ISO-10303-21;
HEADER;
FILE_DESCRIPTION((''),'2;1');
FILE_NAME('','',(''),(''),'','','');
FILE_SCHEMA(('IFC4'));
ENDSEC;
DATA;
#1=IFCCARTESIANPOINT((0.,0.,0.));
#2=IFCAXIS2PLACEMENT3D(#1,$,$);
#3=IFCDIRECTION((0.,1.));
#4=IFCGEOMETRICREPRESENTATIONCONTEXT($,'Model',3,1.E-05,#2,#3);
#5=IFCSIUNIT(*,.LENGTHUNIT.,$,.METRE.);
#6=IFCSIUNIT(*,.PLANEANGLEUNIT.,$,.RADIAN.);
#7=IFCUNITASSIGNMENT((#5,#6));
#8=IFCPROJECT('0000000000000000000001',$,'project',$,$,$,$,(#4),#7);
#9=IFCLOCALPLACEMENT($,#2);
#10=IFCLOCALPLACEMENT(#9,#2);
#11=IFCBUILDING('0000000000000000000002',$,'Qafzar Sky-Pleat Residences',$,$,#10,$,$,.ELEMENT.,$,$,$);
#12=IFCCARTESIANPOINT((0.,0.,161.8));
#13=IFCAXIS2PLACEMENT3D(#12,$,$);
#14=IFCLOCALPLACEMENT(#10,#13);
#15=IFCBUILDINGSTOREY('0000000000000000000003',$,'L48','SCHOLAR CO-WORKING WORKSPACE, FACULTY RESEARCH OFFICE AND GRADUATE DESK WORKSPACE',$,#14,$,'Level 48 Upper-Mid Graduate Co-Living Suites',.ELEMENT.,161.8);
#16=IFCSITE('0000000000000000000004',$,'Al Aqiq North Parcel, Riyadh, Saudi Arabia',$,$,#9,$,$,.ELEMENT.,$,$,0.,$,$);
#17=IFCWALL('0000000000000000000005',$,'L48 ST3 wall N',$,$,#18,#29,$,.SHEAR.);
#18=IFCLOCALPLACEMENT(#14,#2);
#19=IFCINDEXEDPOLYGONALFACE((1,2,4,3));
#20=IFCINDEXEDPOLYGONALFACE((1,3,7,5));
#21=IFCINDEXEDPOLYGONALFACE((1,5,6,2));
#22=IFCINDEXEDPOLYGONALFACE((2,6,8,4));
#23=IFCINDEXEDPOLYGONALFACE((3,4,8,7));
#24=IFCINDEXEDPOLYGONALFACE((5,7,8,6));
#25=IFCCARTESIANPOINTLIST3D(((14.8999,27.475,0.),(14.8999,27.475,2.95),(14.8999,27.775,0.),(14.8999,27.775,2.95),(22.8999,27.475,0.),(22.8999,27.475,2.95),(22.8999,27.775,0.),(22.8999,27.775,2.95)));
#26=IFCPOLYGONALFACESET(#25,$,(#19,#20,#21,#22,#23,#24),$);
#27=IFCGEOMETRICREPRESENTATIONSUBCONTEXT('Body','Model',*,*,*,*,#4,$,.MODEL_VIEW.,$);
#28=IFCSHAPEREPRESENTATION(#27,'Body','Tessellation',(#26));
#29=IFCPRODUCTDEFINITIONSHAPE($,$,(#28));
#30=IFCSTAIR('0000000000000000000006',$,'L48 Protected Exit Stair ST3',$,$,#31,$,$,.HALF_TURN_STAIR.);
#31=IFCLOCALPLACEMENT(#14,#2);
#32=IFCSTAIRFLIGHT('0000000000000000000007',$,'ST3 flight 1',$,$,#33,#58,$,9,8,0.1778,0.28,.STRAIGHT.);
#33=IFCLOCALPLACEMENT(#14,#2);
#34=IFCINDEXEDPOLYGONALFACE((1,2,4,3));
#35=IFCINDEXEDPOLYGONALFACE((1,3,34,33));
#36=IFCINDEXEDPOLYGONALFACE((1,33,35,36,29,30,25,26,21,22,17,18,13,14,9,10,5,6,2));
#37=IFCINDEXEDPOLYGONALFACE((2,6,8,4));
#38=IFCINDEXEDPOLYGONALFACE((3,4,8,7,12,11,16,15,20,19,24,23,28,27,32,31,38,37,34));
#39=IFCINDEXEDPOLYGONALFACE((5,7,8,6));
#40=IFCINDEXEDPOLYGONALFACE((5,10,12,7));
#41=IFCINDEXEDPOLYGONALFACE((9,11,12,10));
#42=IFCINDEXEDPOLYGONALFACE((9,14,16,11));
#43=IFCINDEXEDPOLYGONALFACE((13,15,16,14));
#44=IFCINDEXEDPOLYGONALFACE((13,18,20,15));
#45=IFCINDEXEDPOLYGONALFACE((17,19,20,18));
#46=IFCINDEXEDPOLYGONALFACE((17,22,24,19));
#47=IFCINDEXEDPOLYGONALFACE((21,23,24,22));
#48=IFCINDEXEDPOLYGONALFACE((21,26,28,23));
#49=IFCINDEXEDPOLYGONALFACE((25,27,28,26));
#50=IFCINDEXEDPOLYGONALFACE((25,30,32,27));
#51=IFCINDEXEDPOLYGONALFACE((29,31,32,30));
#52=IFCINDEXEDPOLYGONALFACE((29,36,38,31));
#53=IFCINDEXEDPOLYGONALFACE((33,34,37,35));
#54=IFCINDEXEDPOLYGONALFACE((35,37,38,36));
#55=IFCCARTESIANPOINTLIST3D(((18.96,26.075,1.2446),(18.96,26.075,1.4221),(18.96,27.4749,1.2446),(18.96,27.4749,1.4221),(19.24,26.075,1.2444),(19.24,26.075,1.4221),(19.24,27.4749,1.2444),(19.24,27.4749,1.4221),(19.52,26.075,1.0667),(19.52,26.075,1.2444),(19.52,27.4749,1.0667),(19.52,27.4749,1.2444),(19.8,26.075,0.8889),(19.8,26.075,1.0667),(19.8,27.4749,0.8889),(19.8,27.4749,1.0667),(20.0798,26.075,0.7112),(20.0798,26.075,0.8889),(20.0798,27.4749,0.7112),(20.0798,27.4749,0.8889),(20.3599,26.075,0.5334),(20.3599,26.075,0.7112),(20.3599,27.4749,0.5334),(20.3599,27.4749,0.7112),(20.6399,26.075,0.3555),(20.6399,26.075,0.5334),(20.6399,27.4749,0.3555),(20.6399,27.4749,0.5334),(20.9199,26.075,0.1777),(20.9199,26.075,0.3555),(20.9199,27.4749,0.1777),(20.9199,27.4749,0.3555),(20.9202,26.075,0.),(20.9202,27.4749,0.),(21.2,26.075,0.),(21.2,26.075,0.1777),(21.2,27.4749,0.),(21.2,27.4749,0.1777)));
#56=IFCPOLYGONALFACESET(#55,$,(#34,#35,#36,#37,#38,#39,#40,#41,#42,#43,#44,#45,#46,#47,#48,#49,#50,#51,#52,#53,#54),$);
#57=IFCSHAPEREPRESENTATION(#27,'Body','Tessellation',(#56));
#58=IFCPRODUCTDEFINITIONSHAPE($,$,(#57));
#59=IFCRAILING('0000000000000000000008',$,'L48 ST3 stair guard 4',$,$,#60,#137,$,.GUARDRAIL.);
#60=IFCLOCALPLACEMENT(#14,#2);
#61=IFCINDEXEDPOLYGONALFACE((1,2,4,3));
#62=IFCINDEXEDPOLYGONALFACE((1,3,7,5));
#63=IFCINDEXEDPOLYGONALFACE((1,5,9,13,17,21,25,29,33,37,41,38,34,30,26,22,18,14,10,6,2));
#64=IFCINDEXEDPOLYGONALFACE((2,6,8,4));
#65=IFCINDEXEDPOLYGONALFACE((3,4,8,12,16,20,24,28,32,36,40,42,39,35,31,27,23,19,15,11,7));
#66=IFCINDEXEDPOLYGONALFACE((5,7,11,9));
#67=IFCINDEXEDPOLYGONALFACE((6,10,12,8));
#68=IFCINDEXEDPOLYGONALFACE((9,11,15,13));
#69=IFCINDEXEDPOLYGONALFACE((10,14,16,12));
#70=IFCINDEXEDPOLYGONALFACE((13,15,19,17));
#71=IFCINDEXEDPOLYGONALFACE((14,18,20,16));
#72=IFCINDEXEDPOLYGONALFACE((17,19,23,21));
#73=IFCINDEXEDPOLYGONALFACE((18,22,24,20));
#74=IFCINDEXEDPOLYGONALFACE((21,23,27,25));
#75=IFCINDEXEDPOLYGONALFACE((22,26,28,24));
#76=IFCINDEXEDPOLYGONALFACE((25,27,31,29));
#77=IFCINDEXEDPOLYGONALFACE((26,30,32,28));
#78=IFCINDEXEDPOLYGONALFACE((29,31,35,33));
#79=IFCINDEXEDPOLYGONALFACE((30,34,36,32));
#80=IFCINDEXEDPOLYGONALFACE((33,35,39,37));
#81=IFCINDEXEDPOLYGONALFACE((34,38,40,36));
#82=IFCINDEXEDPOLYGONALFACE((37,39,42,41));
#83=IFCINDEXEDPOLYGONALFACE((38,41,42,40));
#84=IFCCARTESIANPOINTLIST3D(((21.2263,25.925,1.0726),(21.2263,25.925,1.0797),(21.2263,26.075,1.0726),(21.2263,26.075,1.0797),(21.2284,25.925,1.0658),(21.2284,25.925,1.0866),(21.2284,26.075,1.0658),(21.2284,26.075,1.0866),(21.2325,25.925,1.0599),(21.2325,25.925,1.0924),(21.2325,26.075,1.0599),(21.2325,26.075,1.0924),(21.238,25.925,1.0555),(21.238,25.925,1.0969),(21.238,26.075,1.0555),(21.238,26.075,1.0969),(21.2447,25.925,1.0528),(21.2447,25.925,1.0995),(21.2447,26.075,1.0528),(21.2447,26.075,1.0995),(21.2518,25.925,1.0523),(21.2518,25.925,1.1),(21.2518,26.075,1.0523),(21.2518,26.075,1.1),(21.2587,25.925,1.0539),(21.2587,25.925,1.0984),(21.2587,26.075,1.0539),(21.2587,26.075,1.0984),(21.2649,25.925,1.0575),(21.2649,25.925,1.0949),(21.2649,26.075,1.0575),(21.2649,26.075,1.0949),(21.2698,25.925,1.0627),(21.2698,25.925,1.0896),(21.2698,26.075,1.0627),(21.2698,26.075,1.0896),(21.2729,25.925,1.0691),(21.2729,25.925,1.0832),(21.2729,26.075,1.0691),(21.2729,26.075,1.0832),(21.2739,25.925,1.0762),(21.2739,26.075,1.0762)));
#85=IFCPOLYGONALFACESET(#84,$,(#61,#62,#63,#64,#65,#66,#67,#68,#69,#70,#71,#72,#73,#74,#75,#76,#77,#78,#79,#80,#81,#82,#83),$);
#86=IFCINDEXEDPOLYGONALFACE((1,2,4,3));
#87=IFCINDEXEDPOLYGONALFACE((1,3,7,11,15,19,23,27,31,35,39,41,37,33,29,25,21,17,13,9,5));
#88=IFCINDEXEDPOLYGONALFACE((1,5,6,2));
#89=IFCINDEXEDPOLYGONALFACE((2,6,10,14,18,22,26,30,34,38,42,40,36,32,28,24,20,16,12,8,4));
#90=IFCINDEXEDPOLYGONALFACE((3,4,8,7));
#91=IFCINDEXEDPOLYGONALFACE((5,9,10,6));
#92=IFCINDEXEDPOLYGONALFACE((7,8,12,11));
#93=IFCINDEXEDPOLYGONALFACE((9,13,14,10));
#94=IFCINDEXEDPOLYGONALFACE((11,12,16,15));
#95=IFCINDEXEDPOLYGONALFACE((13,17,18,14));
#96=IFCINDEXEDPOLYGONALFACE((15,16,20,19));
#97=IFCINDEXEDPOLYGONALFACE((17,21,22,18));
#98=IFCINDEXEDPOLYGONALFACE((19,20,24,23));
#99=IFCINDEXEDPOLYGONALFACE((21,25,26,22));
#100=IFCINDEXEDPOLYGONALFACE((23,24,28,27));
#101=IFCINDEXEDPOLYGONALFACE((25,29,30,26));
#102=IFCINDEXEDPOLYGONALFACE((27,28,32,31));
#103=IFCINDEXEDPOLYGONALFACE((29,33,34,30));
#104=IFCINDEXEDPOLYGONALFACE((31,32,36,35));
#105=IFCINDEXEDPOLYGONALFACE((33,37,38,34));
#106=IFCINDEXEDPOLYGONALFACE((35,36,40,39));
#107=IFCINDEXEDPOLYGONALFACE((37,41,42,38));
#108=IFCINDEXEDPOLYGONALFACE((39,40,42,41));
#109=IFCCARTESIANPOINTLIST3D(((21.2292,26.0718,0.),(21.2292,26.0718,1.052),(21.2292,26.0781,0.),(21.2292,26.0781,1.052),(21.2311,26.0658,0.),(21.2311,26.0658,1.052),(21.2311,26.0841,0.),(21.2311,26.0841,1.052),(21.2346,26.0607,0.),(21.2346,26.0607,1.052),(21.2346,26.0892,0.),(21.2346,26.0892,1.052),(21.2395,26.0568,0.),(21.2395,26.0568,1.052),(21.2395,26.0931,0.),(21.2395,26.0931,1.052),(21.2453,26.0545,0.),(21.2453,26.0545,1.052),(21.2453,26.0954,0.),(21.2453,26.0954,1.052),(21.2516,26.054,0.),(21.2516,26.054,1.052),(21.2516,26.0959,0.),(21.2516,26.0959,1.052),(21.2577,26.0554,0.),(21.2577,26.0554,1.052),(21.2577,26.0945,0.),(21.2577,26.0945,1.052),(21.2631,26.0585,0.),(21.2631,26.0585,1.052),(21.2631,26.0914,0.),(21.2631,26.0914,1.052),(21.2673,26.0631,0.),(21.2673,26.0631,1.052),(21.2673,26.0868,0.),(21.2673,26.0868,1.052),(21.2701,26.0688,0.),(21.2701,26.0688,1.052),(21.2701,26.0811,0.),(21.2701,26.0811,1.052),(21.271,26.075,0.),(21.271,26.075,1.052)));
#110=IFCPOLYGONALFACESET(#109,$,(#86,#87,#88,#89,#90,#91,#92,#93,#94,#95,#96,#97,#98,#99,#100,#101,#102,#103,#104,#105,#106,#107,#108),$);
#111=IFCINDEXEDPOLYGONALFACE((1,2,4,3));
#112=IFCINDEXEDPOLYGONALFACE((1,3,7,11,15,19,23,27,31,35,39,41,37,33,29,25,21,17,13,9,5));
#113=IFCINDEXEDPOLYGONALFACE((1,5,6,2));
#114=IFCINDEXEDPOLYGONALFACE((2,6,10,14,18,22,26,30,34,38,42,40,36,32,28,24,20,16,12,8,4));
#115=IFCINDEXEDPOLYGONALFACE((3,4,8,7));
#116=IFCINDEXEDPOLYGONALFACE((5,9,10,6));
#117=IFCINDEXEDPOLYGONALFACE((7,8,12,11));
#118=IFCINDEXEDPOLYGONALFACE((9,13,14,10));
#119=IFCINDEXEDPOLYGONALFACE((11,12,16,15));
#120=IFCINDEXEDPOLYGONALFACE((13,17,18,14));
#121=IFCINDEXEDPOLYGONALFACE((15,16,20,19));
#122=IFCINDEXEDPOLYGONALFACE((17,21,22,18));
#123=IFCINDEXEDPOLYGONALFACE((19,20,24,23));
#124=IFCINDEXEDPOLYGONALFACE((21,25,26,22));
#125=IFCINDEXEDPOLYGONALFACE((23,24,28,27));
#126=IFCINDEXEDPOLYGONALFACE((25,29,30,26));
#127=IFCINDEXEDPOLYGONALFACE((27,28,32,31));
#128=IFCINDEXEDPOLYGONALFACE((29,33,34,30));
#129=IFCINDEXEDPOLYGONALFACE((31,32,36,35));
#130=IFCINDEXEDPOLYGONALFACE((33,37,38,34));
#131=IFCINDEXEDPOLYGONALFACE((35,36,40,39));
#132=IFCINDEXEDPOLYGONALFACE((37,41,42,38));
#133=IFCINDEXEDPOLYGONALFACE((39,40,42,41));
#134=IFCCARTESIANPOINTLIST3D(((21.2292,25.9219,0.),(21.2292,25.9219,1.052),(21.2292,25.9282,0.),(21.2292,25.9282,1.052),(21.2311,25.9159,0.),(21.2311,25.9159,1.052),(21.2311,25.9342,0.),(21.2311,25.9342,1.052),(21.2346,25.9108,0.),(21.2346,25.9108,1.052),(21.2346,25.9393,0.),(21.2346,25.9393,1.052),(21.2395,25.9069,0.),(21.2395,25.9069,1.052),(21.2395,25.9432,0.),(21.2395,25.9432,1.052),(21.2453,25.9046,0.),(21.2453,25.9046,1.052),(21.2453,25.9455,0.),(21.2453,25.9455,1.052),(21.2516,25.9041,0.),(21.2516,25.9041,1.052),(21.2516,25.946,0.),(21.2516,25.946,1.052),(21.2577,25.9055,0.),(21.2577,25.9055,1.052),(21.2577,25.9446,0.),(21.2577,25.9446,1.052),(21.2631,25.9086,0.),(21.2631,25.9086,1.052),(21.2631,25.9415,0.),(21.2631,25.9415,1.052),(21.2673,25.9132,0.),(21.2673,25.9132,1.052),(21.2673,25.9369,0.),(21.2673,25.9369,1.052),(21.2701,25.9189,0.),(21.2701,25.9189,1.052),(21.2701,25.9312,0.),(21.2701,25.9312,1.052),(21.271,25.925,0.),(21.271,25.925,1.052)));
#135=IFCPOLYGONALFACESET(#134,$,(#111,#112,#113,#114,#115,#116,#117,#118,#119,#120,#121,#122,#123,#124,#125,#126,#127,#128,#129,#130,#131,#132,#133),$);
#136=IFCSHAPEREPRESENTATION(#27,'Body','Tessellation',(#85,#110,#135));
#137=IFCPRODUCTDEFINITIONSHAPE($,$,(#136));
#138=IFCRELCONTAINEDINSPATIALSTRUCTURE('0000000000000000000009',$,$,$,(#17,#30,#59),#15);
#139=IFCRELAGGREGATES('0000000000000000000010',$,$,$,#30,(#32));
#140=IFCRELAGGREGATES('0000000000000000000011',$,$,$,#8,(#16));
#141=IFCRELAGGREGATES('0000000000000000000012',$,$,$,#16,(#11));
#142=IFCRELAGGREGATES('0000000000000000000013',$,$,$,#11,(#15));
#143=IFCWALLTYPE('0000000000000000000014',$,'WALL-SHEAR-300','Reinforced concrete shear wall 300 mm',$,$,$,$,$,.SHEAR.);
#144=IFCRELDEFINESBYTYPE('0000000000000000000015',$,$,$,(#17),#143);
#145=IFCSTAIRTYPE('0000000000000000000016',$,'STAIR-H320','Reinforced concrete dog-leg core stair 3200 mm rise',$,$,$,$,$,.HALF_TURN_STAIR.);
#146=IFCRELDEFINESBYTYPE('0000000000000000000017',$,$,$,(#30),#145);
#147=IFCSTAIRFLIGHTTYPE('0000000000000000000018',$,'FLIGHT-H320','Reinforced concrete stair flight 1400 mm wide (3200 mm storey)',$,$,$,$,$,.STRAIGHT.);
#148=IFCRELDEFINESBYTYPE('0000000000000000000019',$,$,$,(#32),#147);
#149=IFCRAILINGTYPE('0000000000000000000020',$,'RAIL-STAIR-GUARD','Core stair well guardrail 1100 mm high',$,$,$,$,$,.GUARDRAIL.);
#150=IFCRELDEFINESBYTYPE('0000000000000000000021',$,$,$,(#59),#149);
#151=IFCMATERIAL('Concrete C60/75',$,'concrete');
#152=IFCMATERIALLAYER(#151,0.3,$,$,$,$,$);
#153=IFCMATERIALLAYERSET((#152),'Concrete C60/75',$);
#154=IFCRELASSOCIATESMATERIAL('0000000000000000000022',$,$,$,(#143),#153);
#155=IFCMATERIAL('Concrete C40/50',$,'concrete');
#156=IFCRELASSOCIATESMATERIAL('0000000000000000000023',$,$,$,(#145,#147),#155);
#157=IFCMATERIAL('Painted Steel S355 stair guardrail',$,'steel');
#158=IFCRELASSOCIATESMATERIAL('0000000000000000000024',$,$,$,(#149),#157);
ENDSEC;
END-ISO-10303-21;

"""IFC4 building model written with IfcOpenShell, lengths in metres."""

from ifc_helpers import new_model, si_unit, direction, frame, frame_2d, origin, origin_2d, place, context, subcontext, project, spatial, polyline, rectangle, circle, outline, extrude, source, transform, mapped, material, layer, layer_set, type_object, element, aggregate, save


model = new_model("IFC4")

# Units and contexts
model_context = context("Model", 3, precision=1e-05, world=origin(), true_north=direction((0.0, 1.0)))
body_context = subcontext(model_context, "Body", "Model", "MODEL_VIEW")
ifc_project = project(units=[si_unit("LENGTHUNIT", "METRE"), si_unit("PLANEANGLEUNIT", "RADIAN")], contexts=[model_context])

# Site, building, storey
site_placement = place(None, origin())
site = spatial("IfcSite", under=ifc_project, at=site_placement, Name="Al Aqiq North Parcel, Riyadh, Saudi Arabia", CompositionType="ELEMENT", RefElevation=0.0)
building_placement = place(site_placement, origin())
building = spatial("IfcBuilding", under=site, at=building_placement, Name="Qafzar Sky-Pleat Residences", CompositionType="ELEMENT")
storey_placement = place(building_placement, frame((0.0, 0.0, 161.8)))
storey = spatial("IfcBuildingStorey", under=building, at=storey_placement, Name="L48", Description="SCHOLAR CO-WORKING WORKSPACE, FACULTY RESEARCH OFFICE AND GRADUATE DESK WORKSPACE", LongName="Level 48 Upper-Mid Graduate Co-Living Suites", CompositionType="ELEMENT", Elevation=161.8)

# Shared definitions
ifc_material_1 = material(Name="Concrete C60/75", Category="concrete")
ifc_layer_1 = layer(ifc_material_1, 0.3)
ifc_layer_set_1 = layer_set([ifc_layer_1], Name="Concrete C60/75")
wall_type_1 = type_object("IfcWallType", Name="WALL-SHEAR-300", Description="Reinforced concrete shear wall 300 mm", PredefinedType="SHEAR", material=ifc_layer_set_1)

# Wall
wall_1_placement = place(storey_placement, frame((22.8999, 27.625, 0.0), z_axis=(0.0, 0.0, 1.0), x_axis=(-1.0, 0.0, 0.0)))
element("IfcWall", 1, at=wall_1_placement, inside=storey, type_object=wall_type_1, Name="L48 ST3 wall N", PredefinedType="SHEAR", context=body_context, shape_type="SweptSolid", body=[
    extrude(rectangle(XDim=8.0, YDim=0.3, at=frame_2d((4.0, 0.0))), origin(), (0.0, 0.0, 1.0), 2.95),
])

# Stair, stair flight
ifc_material_2 = material(Name="Concrete C40/50", Category="concrete")
stair_type = type_object("IfcStairType", Name="STAIR-H320", Description="Reinforced concrete dog-leg core stair 3200 mm rise", PredefinedType="HALF_TURN_STAIR", material=ifc_material_2)
stair_placement = place(storey_placement, origin())
stair = element("IfcStair", 2, at=stair_placement, inside=storey, type_object=stair_type, Name="L48 Protected Exit Stair ST3", PredefinedType="HALF_TURN_STAIR")
stair_flight_type = type_object("IfcStairFlightType", Name="FLIGHT-H320", Description="Reinforced concrete stair flight 1400 mm wide (3200 mm storey)", PredefinedType="STRAIGHT", material=ifc_material_2)
shared_shape_1 = source(origin(), body_context, "Body", "SweptSolid", [
    extrude(outline(polyline([(0.0, 0.0), (0.0, 0.1777), (0.28, 0.1777), (0.28, 0.3555), (0.5601, 0.3555), (0.5601, 0.5334), (0.8401, 0.5334), (0.8401, 0.7112), (1.1201, 0.7112), (1.1201, 0.8889), (1.3999, 0.8889), (1.3999, 1.0667), (1.6799, 1.0667), (1.6799, 1.2444), (1.96, 1.2444), (1.96, 1.4221), (2.24, 1.4221), (2.24, 1.6001), (2.24, 1.2446), (0.2798, 0.0), (0.0, 0.0)])), frame((0.0, 0.7, 0.0), z_axis=(0.0, -1.0, 0.0), x_axis=(1.0, 0.0, 0.0)), (0.0, 0.0, 1.0), 1.3999),
])
stair_flight_placement = place(storey_placement, frame((21.2, 26.7749, 0.0), z_axis=(0.0, 0.0, 1.0), x_axis=(-1.0, 0.0, 0.0)))
stair_flight = element("IfcStairFlight", 3, at=stair_flight_placement, type_object=stair_flight_type, Name="ST3 flight 1", NumberOfRisers=9, NumberOfTreads=8, PredefinedType="STRAIGHT", RiserHeight=0.1778, TreadLength=0.28, context=body_context, shape_type="MappedRepresentation", body=[
    mapped(shared_shape_1, transform((0.0, 0.0, 0.0), x_axis=(1.0, 0.0, 0.0), y_axis=(0.0, 1.0, 0.0), z_axis=(0.0, 0.0, 1.0), scale=1.0)),
])
aggregate(stair, [stair_flight])

# Railing
ifc_material_3 = material(Name="Painted Steel S355 stair guardrail", Category="steel")
railing_type_1 = type_object("IfcRailingType", Name="RAIL-STAIR-GUARD", Description="Core stair well guardrail 1100 mm high", PredefinedType="GUARDRAIL", material=ifc_material_3)
shared_shape_2 = source(origin(), body_context, "Body", "SweptSolid", [
    extrude(circle(Radius=0.0239, at=origin_2d()), frame((0.0, 0.0, 1.0762), z_axis=(0.0, -1.0, 0.0), x_axis=(1.0, 0.0, 0.0)), (0.0, 0.0, 1.0), 0.1499),
    extrude(circle(Radius=0.021, at=origin_2d()), origin(), (0.0, 0.0, 1.0), 1.052),
    extrude(circle(Radius=0.021, at=origin_2d()), frame((0.0, -0.1499, 0.0)), (0.0, 0.0, 1.0), 1.052),
])
railing_1_placement = place(storey_placement, frame((21.25, 26.075, 0.0)))
element("IfcRailing", 4, at=railing_1_placement, inside=storey, type_object=railing_type_1, Name="L48 ST3 stair guard 4", PredefinedType="GUARDRAIL", context=body_context, shape_type="MappedRepresentation", body=[
    mapped(shared_shape_2, transform((0.0, 0.0, 0.0), x_axis=(1.0, 0.0, 0.0), y_axis=(0.0, 1.0, 0.0), z_axis=(0.0, 0.0, 1.0), scale=1.0)),
])

save(model, "model.ifc")
